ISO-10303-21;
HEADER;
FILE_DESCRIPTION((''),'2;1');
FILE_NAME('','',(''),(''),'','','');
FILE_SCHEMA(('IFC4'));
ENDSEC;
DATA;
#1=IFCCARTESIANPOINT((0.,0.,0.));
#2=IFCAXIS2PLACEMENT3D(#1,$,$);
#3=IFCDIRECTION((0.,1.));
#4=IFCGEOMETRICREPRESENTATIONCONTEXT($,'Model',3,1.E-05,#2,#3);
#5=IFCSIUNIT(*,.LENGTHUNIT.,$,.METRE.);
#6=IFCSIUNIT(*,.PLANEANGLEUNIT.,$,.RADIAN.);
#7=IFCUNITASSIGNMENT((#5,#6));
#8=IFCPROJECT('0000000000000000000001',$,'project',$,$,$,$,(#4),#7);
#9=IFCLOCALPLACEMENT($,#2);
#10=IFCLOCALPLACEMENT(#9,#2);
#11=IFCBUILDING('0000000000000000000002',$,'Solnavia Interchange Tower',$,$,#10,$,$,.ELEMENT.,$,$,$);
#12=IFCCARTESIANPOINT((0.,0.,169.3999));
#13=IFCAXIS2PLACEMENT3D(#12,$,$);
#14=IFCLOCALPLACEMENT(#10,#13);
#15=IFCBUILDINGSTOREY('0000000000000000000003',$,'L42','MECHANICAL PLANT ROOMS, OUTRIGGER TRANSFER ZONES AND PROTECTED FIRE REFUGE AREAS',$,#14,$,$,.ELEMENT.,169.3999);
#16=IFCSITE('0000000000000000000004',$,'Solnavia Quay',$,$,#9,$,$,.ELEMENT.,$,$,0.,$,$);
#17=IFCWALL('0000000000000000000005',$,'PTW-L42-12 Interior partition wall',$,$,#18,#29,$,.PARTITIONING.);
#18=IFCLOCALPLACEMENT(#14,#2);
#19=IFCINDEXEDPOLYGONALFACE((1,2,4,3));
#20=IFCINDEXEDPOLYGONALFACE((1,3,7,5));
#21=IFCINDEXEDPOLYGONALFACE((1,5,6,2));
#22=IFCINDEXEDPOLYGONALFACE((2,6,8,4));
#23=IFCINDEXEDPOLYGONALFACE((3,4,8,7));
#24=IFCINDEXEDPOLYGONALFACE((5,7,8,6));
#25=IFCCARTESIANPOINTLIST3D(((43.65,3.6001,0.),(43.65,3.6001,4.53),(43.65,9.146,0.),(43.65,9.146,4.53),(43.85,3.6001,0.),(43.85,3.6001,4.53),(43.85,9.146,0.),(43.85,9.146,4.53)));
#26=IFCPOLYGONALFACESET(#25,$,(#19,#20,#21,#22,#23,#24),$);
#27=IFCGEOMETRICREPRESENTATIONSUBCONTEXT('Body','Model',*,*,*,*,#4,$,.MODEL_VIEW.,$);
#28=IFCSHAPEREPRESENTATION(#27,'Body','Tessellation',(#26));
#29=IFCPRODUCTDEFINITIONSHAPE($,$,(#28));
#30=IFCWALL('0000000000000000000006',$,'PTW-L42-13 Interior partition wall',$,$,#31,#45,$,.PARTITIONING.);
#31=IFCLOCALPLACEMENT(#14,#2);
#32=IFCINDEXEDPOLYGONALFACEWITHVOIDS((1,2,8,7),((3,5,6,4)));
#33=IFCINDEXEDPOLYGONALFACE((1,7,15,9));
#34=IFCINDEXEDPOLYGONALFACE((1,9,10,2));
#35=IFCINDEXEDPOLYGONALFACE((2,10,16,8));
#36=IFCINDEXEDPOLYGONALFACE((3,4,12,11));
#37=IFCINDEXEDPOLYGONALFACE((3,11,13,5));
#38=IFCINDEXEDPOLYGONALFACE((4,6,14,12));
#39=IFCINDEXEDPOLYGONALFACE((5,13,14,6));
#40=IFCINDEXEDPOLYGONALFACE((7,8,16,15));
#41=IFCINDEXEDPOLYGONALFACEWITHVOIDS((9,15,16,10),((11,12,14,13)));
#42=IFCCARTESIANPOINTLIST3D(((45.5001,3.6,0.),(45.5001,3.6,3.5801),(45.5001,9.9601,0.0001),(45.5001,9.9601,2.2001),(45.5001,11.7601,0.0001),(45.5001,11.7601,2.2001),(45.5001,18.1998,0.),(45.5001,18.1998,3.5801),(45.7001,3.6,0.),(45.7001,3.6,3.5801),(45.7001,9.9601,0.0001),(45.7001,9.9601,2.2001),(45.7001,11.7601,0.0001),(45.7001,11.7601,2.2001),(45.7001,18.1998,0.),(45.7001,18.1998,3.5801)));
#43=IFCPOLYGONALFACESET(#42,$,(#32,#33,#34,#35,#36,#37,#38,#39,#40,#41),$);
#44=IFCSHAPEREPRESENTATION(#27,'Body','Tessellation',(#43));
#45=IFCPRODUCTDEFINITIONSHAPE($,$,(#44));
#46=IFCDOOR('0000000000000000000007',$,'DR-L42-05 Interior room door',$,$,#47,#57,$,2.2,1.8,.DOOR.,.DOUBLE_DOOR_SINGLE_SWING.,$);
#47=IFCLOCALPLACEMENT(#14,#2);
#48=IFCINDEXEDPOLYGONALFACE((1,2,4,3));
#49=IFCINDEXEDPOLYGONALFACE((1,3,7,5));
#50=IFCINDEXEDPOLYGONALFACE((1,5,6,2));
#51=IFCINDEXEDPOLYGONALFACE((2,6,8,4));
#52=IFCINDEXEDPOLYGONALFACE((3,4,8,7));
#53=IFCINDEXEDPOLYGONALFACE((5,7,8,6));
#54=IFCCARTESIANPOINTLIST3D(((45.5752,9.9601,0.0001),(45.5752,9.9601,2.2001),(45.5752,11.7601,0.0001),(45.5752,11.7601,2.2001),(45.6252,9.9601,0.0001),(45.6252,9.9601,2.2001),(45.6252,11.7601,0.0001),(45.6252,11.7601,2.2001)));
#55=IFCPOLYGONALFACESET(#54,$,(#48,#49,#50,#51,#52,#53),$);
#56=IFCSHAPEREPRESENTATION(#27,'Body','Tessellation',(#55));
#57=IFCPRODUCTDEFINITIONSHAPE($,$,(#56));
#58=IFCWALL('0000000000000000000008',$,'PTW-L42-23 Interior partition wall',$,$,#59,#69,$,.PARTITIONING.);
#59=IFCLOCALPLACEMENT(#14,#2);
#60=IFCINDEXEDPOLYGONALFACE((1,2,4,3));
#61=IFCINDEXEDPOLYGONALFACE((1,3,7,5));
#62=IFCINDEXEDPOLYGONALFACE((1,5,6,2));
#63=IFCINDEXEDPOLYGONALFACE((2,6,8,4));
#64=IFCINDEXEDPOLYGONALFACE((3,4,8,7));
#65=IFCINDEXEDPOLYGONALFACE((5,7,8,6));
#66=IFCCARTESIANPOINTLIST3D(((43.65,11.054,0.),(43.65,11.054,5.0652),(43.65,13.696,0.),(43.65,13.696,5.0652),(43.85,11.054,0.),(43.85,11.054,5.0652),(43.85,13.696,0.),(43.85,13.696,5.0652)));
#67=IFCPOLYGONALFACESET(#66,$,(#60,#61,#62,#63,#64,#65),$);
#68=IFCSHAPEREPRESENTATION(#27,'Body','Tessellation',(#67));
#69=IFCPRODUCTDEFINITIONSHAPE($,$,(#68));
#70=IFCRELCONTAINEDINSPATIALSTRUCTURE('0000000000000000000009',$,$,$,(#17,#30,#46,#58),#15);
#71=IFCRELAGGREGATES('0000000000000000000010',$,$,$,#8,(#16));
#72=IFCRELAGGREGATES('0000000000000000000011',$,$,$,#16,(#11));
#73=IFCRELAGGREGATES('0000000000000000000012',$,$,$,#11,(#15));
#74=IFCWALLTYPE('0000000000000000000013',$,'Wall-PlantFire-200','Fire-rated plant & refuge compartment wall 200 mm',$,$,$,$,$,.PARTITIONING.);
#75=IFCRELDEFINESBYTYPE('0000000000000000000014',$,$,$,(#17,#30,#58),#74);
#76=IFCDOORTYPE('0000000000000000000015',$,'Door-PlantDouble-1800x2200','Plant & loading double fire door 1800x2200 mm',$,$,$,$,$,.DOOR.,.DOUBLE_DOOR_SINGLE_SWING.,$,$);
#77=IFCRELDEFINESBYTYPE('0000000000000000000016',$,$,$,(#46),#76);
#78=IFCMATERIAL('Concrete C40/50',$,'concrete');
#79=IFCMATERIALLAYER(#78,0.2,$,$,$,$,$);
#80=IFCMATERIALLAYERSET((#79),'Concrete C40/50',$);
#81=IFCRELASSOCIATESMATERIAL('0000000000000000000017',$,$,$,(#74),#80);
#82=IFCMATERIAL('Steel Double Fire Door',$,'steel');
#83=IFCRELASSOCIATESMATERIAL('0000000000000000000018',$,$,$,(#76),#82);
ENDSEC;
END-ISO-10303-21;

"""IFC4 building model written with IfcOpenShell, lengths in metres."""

from ifc_helpers import new_model, si_unit, direction, frame, frame_2d, origin, place, context, subcontext, project, spatial, rectangle, extrude, material, layer, layer_set, type_object, element, fill, save


model = new_model("IFC4")

# Units and contexts
model_context = context("Model", 3, precision=1e-05, world=origin(), true_north=direction((0.0, 1.0)))
body_context = subcontext(model_context, "Body", "Model", "MODEL_VIEW")
ifc_project = project(units=[si_unit("LENGTHUNIT", "METRE"), si_unit("PLANEANGLEUNIT", "RADIAN")], contexts=[model_context])

# Site, building, storey
site_placement = place(None, origin())
site = spatial("IfcSite", under=ifc_project, at=site_placement, Name="Solnavia Quay", CompositionType="ELEMENT", RefElevation=0.0)
building_placement = place(site_placement, origin())
building = spatial("IfcBuilding", under=site, at=building_placement, Name="Solnavia Interchange Tower", CompositionType="ELEMENT")
storey_placement = place(building_placement, frame((0.0, 0.0, 169.3999)))
storey = spatial("IfcBuildingStorey", under=building, at=storey_placement, Name="L42", Description="MECHANICAL PLANT ROOMS, OUTRIGGER TRANSFER ZONES AND PROTECTED FIRE REFUGE AREAS", CompositionType="ELEMENT", Elevation=169.3999)

# Wall
ifc_material_1 = material(Name="Concrete C40/50", Category="concrete")
ifc_layer_1 = layer(ifc_material_1, 0.2)
ifc_layer_set_1 = layer_set([ifc_layer_1], Name="Concrete C40/50")
wall_type_1 = type_object("IfcWallType", Name="Wall-PlantFire-200", Description="Fire-rated plant & refuge compartment wall 200 mm", PredefinedType="PARTITIONING", material=ifc_layer_set_1)
wall_1_placement = place(storey_placement, frame((43.75, 3.6001, 0.0), z_axis=(0.0, 0.0, 1.0), x_axis=(0.0, 1.0, 0.0)))
element("IfcWall", 1, at=wall_1_placement, inside=storey, type_object=wall_type_1, Name="PTW-L42-12 Interior partition wall", PredefinedType="PARTITIONING", context=body_context, shape_type="SweptSolid", body=[
    extrude(rectangle(XDim=5.5459, YDim=0.2, at=frame_2d((2.7729, 0.0))), origin(), (0.0, 0.0, 1.0), 4.53),
])

# Wall, opening, door
wall_2_placement = place(storey_placement, frame((45.6001, 3.6001, 0.0), z_axis=(0.0, 0.0, 1.0), x_axis=(0.0, 1.0, 0.0)))
wall_2 = element("IfcWall", 2, at=wall_2_placement, inside=storey, type_object=wall_type_1, Name="PTW-L42-13 Interior partition wall", PredefinedType="PARTITIONING", context=body_context, shape_type="SweptSolid", body=[
    extrude(rectangle(XDim=14.5999, YDim=0.2, at=frame_2d((7.2998, 0.0))), origin(), (0.0, 0.0, 1.0), 3.5801),
])
opening_placement = place(wall_2_placement, frame((6.3601, 0.0, 0.0)))
opening = element("IfcOpeningElement", 3, at=opening_placement, cuts=wall_2, PredefinedType="OPENING", context=body_context, shape_type="SweptSolid", body=[
    extrude(rectangle(XDim=1.8, YDim=2.2, at=frame_2d((0.8999, 1.1001))), frame((0.0, 0.1099, 0.0), z_axis=(0.0, -1.0, 0.0), x_axis=(1.0, 0.0, 0.0)), (0.0, 0.0, 1.0), 0.22),
])
ifc_material_2 = material(Name="Steel Double Fire Door", Category="steel")
door_type = type_object("IfcDoorType", Name="Door-PlantDouble-1800x2200", Description="Plant & loading double fire door 1800x2200 mm", OperationType="DOUBLE_DOOR_SINGLE_SWING", PredefinedType="DOOR", material=ifc_material_2)
door_placement = place(opening_placement, origin())
door = element("IfcDoor", 4, at=door_placement, inside=storey, type_object=door_type, Name="DR-L42-05 Interior room door", OperationType="DOUBLE_DOOR_SINGLE_SWING", OverallHeight=2.2, OverallWidth=1.8, PredefinedType="DOOR", context=body_context, shape_type="SweptSolid", body=[
    extrude(rectangle(XDim=1.8, YDim=2.2, at=frame_2d((0.8999, 1.1001))), frame((0.0, 0.0249, 0.0), z_axis=(0.0, -1.0, 0.0), x_axis=(1.0, 0.0, 0.0)), (0.0, 0.0, 1.0), 0.05),
])
fill(opening, door)

# Wall
wall_3_placement = place(storey_placement, frame((43.75, 11.054, 0.0), z_axis=(0.0, 0.0, 1.0), x_axis=(0.0, 1.0, 0.0)))
element("IfcWall", 5, at=wall_3_placement, inside=storey, type_object=wall_type_1, Name="PTW-L42-23 Interior partition wall", PredefinedType="PARTITIONING", context=body_context, shape_type="SweptSolid", body=[
    extrude(rectangle(XDim=2.6421, YDim=0.2, at=frame_2d((1.321, 0.0))), origin(), (0.0, 0.0, 1.0), 5.0652),
])

save(model, "model.ifc")
